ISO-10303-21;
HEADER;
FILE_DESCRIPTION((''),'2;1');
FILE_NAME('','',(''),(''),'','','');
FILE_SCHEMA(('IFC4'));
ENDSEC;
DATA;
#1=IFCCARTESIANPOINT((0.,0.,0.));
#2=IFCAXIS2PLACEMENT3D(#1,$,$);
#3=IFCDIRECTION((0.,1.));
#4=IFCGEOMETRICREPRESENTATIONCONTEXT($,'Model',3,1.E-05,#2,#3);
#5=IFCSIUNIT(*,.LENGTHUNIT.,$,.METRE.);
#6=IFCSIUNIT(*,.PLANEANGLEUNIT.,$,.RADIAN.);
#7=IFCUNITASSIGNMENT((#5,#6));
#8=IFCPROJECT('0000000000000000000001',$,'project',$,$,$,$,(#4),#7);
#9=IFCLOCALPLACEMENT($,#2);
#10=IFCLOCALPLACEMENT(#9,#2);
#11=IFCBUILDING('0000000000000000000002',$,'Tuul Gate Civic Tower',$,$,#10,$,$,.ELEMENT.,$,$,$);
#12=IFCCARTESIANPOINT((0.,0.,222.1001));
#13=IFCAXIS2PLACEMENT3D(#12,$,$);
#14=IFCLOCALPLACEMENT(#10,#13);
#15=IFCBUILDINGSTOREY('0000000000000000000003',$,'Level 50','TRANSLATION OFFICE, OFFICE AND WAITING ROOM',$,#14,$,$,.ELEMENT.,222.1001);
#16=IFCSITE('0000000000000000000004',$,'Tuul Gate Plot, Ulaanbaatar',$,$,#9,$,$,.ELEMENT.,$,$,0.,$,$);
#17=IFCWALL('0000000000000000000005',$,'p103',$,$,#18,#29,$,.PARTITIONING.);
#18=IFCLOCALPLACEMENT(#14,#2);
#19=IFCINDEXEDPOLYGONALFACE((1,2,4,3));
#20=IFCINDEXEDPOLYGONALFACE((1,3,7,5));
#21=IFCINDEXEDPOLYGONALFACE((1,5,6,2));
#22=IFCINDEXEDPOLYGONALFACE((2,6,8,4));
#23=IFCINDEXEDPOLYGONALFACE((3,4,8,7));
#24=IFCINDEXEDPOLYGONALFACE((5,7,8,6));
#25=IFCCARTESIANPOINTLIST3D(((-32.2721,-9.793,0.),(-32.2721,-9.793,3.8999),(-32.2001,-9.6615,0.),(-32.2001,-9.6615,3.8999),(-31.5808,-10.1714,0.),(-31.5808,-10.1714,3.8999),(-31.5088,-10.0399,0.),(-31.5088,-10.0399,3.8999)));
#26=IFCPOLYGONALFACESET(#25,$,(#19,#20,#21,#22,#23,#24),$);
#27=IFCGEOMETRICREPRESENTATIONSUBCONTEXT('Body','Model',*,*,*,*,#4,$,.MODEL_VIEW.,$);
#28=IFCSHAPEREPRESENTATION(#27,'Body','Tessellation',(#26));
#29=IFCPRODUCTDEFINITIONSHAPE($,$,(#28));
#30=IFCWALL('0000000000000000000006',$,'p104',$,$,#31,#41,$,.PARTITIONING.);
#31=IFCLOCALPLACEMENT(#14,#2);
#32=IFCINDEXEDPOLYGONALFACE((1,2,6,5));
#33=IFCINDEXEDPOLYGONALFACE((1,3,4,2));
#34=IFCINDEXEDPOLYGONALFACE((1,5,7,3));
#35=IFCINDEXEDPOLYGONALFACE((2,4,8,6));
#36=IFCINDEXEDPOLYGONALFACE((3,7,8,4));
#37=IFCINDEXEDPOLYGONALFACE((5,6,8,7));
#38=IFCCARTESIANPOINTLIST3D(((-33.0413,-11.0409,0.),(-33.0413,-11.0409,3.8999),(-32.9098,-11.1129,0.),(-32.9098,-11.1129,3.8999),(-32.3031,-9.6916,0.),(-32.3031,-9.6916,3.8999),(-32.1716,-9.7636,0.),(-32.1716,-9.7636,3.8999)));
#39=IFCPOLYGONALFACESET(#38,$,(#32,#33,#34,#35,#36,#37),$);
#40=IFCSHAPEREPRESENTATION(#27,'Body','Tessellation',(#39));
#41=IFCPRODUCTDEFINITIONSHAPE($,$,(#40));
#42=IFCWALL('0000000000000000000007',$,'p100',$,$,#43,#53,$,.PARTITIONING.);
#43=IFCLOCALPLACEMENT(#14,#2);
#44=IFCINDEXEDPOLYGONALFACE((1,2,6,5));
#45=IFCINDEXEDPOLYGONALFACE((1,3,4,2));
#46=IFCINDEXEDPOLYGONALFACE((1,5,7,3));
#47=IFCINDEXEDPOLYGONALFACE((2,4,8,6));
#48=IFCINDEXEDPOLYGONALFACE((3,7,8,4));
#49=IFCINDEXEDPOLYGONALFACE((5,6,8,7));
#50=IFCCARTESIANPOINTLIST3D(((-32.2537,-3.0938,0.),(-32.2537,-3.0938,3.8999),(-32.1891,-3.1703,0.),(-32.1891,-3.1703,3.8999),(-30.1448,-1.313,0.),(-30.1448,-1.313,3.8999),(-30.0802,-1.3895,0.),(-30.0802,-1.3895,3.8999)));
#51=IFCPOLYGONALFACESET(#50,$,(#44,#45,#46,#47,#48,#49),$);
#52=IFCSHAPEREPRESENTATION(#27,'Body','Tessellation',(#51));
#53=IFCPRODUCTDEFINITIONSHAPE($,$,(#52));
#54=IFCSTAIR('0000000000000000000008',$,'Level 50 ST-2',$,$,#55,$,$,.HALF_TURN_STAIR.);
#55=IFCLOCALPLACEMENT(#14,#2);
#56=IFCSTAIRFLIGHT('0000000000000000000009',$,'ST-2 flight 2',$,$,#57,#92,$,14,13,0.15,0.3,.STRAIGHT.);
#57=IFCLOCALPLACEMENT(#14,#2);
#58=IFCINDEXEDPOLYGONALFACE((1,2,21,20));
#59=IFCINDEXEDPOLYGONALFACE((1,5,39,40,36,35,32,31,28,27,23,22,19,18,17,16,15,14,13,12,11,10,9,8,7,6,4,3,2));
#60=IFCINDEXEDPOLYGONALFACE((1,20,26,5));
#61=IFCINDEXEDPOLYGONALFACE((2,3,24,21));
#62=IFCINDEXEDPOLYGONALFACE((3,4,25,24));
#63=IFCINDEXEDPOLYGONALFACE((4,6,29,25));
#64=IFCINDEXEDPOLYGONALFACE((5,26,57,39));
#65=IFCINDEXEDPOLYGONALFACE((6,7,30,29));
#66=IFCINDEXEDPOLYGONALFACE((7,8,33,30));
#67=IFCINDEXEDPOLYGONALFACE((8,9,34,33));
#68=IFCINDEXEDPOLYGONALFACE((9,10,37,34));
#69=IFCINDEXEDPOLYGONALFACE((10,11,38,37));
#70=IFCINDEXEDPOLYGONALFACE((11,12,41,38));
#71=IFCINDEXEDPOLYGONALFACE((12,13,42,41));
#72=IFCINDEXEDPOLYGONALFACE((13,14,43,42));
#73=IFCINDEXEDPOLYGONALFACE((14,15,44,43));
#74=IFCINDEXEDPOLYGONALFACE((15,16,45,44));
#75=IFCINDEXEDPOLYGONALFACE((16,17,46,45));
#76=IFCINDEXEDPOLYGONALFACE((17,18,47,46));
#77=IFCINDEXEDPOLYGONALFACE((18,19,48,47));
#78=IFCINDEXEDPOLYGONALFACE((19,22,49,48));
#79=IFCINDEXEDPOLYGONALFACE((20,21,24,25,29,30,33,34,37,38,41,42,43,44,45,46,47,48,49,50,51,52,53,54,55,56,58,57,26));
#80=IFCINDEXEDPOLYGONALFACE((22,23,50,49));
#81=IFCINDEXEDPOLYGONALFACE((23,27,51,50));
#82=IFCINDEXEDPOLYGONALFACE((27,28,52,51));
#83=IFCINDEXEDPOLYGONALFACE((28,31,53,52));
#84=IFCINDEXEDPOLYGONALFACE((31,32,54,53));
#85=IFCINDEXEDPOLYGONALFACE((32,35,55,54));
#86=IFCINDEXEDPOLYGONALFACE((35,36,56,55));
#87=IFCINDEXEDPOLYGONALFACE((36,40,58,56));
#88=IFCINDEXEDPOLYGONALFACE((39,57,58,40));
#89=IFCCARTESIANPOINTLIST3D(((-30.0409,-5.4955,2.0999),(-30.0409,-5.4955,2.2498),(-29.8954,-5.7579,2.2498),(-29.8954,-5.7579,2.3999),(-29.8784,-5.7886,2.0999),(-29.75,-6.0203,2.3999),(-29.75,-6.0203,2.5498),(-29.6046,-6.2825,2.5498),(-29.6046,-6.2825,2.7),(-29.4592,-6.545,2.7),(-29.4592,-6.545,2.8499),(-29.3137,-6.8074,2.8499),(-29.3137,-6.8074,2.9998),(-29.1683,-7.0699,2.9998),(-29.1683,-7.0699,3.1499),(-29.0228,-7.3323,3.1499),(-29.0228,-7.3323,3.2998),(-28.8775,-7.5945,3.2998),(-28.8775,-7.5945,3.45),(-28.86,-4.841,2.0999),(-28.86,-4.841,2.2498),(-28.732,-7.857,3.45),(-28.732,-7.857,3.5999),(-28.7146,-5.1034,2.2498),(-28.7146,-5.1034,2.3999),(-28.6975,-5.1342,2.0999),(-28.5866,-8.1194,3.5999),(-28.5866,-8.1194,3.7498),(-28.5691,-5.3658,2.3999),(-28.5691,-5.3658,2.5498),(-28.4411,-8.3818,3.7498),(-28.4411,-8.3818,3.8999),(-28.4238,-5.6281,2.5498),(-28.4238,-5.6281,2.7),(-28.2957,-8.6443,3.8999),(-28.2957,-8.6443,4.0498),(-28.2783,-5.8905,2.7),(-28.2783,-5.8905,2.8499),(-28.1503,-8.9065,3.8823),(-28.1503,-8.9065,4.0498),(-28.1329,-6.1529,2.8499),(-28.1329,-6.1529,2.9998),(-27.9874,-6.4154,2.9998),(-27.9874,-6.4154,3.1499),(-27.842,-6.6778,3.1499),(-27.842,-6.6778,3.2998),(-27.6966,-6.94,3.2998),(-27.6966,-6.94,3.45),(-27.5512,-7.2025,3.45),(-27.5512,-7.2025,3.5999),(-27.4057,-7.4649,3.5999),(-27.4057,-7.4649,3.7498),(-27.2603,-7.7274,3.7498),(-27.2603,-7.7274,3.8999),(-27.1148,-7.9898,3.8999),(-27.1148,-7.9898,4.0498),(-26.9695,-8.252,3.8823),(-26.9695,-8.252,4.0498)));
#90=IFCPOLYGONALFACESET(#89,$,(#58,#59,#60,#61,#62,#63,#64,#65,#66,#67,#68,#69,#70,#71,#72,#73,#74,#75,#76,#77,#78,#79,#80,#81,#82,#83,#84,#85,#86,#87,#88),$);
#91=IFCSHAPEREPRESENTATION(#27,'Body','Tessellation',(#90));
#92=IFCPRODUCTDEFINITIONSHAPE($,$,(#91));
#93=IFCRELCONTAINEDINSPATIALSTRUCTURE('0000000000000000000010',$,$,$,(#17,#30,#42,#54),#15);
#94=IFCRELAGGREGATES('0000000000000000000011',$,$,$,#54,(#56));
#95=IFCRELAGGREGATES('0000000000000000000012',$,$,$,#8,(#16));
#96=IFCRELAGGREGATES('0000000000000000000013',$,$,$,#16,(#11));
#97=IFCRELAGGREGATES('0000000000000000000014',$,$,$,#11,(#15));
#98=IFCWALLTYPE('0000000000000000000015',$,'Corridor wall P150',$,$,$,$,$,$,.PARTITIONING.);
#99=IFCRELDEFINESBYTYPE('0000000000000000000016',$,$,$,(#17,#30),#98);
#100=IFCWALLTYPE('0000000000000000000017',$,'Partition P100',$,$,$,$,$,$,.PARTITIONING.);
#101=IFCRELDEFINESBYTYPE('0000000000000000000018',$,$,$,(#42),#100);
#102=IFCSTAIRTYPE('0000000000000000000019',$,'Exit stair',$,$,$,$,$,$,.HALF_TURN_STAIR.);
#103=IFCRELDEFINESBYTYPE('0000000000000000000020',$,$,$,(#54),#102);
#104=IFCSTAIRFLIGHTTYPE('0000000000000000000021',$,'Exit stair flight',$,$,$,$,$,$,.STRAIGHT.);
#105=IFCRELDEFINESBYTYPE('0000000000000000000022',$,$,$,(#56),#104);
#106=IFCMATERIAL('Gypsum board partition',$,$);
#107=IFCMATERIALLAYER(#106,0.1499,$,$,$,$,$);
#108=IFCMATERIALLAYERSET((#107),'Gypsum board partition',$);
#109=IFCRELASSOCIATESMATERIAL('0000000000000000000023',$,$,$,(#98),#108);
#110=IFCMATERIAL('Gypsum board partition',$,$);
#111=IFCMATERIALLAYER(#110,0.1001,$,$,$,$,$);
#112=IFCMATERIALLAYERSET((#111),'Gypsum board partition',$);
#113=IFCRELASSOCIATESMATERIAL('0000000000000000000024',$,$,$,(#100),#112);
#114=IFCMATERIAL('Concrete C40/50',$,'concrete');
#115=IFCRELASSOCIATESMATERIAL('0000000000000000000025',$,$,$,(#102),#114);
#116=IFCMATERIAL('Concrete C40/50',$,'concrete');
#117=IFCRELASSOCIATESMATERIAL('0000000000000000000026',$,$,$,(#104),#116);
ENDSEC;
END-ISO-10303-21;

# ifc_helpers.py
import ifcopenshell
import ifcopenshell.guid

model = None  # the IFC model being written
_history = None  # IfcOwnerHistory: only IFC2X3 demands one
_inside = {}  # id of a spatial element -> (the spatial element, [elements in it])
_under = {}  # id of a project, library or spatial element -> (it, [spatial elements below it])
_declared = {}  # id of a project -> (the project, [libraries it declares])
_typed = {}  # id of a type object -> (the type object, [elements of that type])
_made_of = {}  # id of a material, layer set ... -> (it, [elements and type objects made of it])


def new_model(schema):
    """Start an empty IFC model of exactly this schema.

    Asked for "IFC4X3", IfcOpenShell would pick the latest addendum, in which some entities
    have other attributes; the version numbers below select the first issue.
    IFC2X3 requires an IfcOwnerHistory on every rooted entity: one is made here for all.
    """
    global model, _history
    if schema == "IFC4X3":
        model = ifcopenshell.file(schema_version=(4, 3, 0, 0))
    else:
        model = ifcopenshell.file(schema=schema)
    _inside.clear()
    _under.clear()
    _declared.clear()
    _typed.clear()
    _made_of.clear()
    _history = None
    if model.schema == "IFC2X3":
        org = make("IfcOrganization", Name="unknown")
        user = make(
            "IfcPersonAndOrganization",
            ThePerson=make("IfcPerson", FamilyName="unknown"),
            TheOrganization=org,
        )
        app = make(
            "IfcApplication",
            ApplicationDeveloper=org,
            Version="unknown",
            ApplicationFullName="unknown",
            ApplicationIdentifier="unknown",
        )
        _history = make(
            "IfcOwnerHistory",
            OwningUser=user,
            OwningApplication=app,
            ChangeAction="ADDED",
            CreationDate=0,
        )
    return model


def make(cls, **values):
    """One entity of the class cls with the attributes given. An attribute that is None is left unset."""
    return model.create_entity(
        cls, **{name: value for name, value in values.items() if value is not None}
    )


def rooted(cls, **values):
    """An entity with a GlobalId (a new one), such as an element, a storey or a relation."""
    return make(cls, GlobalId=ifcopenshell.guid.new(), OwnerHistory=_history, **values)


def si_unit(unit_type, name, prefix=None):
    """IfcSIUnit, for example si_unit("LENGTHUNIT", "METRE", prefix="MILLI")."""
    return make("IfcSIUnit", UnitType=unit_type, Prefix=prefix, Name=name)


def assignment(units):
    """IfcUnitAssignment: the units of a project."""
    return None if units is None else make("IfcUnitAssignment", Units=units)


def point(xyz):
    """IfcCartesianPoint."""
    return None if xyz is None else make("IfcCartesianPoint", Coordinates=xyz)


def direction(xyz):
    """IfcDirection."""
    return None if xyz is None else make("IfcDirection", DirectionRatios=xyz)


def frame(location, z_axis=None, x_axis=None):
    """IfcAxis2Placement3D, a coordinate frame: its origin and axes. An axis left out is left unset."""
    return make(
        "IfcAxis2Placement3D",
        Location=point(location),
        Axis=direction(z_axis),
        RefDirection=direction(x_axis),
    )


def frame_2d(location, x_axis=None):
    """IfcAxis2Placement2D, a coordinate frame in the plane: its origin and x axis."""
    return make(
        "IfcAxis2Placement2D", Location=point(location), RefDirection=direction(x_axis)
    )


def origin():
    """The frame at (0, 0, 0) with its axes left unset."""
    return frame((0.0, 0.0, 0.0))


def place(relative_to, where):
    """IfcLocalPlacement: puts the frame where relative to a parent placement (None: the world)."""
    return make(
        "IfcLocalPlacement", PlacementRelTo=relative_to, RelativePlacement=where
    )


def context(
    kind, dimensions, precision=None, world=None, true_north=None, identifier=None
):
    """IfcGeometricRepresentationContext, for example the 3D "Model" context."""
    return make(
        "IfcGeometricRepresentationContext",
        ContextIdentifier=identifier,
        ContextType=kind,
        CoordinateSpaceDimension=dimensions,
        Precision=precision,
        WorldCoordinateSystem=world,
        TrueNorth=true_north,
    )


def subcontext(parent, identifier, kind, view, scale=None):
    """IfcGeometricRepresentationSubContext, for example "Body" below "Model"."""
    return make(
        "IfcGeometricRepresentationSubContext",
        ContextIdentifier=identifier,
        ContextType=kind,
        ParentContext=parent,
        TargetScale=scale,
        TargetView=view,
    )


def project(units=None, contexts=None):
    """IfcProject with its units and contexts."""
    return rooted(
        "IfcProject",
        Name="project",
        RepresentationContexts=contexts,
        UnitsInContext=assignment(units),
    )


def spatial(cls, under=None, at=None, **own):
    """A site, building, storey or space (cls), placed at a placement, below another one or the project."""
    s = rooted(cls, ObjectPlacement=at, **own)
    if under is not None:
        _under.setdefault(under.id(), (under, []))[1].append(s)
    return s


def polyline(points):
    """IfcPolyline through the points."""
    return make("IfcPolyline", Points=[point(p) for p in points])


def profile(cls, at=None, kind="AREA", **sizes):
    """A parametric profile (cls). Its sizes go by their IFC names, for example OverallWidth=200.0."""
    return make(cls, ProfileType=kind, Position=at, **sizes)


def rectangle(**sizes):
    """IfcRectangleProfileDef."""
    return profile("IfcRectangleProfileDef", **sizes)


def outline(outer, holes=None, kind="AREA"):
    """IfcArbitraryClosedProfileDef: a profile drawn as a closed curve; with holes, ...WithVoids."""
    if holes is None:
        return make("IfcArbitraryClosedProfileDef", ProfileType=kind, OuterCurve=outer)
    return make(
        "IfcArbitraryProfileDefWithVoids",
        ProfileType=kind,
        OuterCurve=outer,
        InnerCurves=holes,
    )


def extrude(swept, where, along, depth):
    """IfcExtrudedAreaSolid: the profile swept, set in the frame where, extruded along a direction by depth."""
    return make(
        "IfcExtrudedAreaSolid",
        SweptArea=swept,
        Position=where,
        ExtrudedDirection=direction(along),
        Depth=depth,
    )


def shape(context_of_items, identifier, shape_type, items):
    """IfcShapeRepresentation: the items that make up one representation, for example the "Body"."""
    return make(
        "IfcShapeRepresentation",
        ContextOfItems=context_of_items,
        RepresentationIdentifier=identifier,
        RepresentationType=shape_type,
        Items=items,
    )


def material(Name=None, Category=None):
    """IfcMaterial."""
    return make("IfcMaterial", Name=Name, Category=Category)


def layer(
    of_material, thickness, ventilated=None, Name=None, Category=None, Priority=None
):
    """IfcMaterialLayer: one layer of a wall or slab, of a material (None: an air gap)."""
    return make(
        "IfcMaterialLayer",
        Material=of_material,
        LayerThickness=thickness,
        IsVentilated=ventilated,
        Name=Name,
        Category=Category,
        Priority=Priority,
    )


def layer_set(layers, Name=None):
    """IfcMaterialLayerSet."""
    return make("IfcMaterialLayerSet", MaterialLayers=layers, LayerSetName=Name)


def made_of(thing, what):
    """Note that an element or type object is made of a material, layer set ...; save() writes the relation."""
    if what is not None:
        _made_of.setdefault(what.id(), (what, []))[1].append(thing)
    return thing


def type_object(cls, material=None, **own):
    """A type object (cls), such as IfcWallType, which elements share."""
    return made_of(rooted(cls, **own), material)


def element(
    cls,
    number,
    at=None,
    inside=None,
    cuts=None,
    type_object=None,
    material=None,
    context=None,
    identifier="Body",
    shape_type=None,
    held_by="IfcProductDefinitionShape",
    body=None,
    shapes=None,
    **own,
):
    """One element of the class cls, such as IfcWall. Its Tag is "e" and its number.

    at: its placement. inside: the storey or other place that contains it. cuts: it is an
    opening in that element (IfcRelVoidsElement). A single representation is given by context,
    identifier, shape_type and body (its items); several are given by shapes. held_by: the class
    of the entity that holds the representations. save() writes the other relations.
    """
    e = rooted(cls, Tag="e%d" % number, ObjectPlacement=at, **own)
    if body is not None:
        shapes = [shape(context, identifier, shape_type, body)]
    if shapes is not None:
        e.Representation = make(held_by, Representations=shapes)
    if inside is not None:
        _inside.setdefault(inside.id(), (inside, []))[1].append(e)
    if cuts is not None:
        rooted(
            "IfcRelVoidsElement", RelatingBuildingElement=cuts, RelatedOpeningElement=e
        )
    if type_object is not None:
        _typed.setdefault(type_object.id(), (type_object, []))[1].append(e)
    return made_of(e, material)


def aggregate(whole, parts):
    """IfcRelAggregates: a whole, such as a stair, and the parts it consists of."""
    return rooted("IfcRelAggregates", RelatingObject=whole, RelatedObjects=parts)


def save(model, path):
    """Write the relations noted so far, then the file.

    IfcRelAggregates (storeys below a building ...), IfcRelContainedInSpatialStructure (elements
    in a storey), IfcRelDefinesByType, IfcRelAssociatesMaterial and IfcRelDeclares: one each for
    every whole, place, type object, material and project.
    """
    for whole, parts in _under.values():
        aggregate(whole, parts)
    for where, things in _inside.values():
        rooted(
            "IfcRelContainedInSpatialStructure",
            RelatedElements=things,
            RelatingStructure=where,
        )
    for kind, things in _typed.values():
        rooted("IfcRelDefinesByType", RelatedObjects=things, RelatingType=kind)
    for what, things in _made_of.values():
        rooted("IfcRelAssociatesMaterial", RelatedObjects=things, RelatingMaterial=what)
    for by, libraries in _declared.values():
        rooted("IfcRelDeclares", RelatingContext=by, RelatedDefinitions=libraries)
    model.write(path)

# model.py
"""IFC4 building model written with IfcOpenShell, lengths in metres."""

from ifc_helpers import new_model, si_unit, direction, frame, frame_2d, origin, place, context, subcontext, project, spatial, polyline, rectangle, outline, extrude, material, layer, layer_set, type_object, element, aggregate, save


model = new_model("IFC4")

# Units and contexts
model_context = context("Model", 3, precision=1e-05, world=origin(), true_north=direction((0.0, 1.0)))
body_context = subcontext(model_context, "Body", "Model", "MODEL_VIEW")
ifc_project = project(units=[si_unit("LENGTHUNIT", "METRE"), si_unit("PLANEANGLEUNIT", "RADIAN")], contexts=[model_context])

# Site, building, storey
site_placement = place(None, origin())
site = spatial("IfcSite", under=ifc_project, at=site_placement, Name="Tuul Gate Plot, Ulaanbaatar", CompositionType="ELEMENT", RefElevation=0.0)
building_placement = place(site_placement, origin())
building = spatial("IfcBuilding", under=site, at=building_placement, Name="Tuul Gate Civic Tower", CompositionType="ELEMENT")
storey_placement = place(building_placement, frame((0.0, 0.0, 222.1001)))
storey = spatial("IfcBuildingStorey", under=building, at=storey_placement, Name="Level 50", Description="TRANSLATION OFFICE, OFFICE AND WAITING ROOM", CompositionType="ELEMENT", Elevation=222.1001)

# Walls
ifc_material_1 = material(Name="Gypsum board partition")
ifc_layer_1 = layer(ifc_material_1, 0.1499)
ifc_layer_set_1 = layer_set([ifc_layer_1], Name="Gypsum board partition")
wall_type_1 = type_object("IfcWallType", Name="Corridor wall P150", PredefinedType="PARTITIONING", material=ifc_layer_set_1)
wall_1_placement = place(storey_placement, frame((-32.2361, -9.7273, 0.0), z_axis=(0.0, 0.0, 1.0), x_axis=(0.877208, -0.48011, 0.0)))
element("IfcWall", 1, at=wall_1_placement, inside=storey, type_object=wall_type_1, Name="p103", PredefinedType="PARTITIONING", context=body_context, shape_type="SweptSolid", body=[
    extrude(rectangle(XDim=0.7881, YDim=0.1499, at=frame_2d((0.394, 0.0))), origin(), (0.0, 0.0, 1.0), 3.8999),
])
wall_2_placement = place(storey_placement, frame((-32.9756, -11.0769, 0.0), z_axis=(0.0, 0.0, 1.0), x_axis=(0.479986, 0.877276, 0.0)))
element("IfcWall", 2, at=wall_2_placement, inside=storey, type_object=wall_type_1, Name="p104", PredefinedType="PARTITIONING", context=body_context, shape_type="SweptSolid", body=[
    extrude(rectangle(XDim=1.5381, YDim=0.1499, at=frame_2d((0.769, 0.0))), origin(), (0.0, 0.0, 1.0), 3.8999),
])
ifc_material_2 = material(Name="Gypsum board partition")
ifc_layer_2 = layer(ifc_material_2, 0.1001)
ifc_layer_set_2 = layer_set([ifc_layer_2], Name="Gypsum board partition")
wall_type_2 = type_object("IfcWallType", Name="Partition P100", PredefinedType="PARTITIONING", material=ifc_layer_set_2)
wall_3_placement = place(storey_placement, frame((-32.2214, -3.1321, 0.0), z_axis=(0.0, 0.0, 1.0), x_axis=(0.764043, 0.645165, 0.0)))
element("IfcWall", 3, at=wall_3_placement, inside=storey, type_object=wall_type_2, Name="p100", PredefinedType="PARTITIONING", context=body_context, shape_type="SweptSolid", body=[
    extrude(rectangle(XDim=2.7603, YDim=0.1001, at=frame_2d((1.3801, 0.0))), origin(), (0.0, 0.0, 1.0), 3.8999),
])

# Stair, stair flight
ifc_material_3 = material(Name="Concrete C40/50", Category="concrete")
stair_type = type_object("IfcStairType", Name="Exit stair", PredefinedType="HALF_TURN_STAIR", material=ifc_material_3)
stair_placement = place(storey_placement, origin())
stair = element("IfcStair", 4, at=stair_placement, inside=storey, type_object=stair_type, Name="Level 50 ST-2", PredefinedType="HALF_TURN_STAIR")
ifc_material_4 = material(Name="Concrete C40/50", Category="concrete")
stair_flight_type = type_object("IfcStairFlightType", Name="Exit stair flight", PredefinedType="STRAIGHT", material=ifc_material_4)
stair_flight_placement = place(storey_placement, frame((-29.4504, -5.1682, 2.0999), z_axis=(0.0, 0.0, 1.0), x_axis=(0.484762, -0.874646, 0.0)))
stair_flight = element("IfcStairFlight", 5, at=stair_flight_placement, type_object=stair_flight_type, Name="ST-2 flight 2", NumberOfRisers=14, NumberOfTreads=13, PredefinedType="STRAIGHT", RiserHeight=0.15, TreadLength=0.3, context=body_context, shape_type="SweptSolid", body=[
    extrude(outline(polyline([(0.0, 0.0), (0.0, 0.1499), (0.3, 0.1499), (0.3, 0.3), (0.6001, 0.3), (0.6001, 0.45), (0.8999, 0.45), (0.8999, 0.6001), (1.2, 0.6001), (1.2, 0.75), (1.5, 0.75), (1.5, 0.8999), (1.8, 0.8999), (1.8, 1.05), (2.1001, 1.05), (2.1001, 1.2), (2.3999, 1.2), (2.3999, 1.3501), (2.7, 1.3501), (2.7, 1.5), (3.0, 1.5), (3.0, 1.6499), (3.3, 1.6499), (3.3, 1.8), (3.6001, 1.8), (3.6001, 1.95), (3.8999, 1.95), (3.8999, 2.1001), (3.8999, 1.7825), (0.3352, 0.0), (0.0, 0.0)])), frame((0.0, 0.675, 0.0), z_axis=(0.0, -1.0, 0.0), x_axis=(1.0, 0.0, 0.0)), (0.0, 0.0, 1.0), 1.3501),
])
aggregate(stair, [stair_flight])

save(model, "model.ifc")
